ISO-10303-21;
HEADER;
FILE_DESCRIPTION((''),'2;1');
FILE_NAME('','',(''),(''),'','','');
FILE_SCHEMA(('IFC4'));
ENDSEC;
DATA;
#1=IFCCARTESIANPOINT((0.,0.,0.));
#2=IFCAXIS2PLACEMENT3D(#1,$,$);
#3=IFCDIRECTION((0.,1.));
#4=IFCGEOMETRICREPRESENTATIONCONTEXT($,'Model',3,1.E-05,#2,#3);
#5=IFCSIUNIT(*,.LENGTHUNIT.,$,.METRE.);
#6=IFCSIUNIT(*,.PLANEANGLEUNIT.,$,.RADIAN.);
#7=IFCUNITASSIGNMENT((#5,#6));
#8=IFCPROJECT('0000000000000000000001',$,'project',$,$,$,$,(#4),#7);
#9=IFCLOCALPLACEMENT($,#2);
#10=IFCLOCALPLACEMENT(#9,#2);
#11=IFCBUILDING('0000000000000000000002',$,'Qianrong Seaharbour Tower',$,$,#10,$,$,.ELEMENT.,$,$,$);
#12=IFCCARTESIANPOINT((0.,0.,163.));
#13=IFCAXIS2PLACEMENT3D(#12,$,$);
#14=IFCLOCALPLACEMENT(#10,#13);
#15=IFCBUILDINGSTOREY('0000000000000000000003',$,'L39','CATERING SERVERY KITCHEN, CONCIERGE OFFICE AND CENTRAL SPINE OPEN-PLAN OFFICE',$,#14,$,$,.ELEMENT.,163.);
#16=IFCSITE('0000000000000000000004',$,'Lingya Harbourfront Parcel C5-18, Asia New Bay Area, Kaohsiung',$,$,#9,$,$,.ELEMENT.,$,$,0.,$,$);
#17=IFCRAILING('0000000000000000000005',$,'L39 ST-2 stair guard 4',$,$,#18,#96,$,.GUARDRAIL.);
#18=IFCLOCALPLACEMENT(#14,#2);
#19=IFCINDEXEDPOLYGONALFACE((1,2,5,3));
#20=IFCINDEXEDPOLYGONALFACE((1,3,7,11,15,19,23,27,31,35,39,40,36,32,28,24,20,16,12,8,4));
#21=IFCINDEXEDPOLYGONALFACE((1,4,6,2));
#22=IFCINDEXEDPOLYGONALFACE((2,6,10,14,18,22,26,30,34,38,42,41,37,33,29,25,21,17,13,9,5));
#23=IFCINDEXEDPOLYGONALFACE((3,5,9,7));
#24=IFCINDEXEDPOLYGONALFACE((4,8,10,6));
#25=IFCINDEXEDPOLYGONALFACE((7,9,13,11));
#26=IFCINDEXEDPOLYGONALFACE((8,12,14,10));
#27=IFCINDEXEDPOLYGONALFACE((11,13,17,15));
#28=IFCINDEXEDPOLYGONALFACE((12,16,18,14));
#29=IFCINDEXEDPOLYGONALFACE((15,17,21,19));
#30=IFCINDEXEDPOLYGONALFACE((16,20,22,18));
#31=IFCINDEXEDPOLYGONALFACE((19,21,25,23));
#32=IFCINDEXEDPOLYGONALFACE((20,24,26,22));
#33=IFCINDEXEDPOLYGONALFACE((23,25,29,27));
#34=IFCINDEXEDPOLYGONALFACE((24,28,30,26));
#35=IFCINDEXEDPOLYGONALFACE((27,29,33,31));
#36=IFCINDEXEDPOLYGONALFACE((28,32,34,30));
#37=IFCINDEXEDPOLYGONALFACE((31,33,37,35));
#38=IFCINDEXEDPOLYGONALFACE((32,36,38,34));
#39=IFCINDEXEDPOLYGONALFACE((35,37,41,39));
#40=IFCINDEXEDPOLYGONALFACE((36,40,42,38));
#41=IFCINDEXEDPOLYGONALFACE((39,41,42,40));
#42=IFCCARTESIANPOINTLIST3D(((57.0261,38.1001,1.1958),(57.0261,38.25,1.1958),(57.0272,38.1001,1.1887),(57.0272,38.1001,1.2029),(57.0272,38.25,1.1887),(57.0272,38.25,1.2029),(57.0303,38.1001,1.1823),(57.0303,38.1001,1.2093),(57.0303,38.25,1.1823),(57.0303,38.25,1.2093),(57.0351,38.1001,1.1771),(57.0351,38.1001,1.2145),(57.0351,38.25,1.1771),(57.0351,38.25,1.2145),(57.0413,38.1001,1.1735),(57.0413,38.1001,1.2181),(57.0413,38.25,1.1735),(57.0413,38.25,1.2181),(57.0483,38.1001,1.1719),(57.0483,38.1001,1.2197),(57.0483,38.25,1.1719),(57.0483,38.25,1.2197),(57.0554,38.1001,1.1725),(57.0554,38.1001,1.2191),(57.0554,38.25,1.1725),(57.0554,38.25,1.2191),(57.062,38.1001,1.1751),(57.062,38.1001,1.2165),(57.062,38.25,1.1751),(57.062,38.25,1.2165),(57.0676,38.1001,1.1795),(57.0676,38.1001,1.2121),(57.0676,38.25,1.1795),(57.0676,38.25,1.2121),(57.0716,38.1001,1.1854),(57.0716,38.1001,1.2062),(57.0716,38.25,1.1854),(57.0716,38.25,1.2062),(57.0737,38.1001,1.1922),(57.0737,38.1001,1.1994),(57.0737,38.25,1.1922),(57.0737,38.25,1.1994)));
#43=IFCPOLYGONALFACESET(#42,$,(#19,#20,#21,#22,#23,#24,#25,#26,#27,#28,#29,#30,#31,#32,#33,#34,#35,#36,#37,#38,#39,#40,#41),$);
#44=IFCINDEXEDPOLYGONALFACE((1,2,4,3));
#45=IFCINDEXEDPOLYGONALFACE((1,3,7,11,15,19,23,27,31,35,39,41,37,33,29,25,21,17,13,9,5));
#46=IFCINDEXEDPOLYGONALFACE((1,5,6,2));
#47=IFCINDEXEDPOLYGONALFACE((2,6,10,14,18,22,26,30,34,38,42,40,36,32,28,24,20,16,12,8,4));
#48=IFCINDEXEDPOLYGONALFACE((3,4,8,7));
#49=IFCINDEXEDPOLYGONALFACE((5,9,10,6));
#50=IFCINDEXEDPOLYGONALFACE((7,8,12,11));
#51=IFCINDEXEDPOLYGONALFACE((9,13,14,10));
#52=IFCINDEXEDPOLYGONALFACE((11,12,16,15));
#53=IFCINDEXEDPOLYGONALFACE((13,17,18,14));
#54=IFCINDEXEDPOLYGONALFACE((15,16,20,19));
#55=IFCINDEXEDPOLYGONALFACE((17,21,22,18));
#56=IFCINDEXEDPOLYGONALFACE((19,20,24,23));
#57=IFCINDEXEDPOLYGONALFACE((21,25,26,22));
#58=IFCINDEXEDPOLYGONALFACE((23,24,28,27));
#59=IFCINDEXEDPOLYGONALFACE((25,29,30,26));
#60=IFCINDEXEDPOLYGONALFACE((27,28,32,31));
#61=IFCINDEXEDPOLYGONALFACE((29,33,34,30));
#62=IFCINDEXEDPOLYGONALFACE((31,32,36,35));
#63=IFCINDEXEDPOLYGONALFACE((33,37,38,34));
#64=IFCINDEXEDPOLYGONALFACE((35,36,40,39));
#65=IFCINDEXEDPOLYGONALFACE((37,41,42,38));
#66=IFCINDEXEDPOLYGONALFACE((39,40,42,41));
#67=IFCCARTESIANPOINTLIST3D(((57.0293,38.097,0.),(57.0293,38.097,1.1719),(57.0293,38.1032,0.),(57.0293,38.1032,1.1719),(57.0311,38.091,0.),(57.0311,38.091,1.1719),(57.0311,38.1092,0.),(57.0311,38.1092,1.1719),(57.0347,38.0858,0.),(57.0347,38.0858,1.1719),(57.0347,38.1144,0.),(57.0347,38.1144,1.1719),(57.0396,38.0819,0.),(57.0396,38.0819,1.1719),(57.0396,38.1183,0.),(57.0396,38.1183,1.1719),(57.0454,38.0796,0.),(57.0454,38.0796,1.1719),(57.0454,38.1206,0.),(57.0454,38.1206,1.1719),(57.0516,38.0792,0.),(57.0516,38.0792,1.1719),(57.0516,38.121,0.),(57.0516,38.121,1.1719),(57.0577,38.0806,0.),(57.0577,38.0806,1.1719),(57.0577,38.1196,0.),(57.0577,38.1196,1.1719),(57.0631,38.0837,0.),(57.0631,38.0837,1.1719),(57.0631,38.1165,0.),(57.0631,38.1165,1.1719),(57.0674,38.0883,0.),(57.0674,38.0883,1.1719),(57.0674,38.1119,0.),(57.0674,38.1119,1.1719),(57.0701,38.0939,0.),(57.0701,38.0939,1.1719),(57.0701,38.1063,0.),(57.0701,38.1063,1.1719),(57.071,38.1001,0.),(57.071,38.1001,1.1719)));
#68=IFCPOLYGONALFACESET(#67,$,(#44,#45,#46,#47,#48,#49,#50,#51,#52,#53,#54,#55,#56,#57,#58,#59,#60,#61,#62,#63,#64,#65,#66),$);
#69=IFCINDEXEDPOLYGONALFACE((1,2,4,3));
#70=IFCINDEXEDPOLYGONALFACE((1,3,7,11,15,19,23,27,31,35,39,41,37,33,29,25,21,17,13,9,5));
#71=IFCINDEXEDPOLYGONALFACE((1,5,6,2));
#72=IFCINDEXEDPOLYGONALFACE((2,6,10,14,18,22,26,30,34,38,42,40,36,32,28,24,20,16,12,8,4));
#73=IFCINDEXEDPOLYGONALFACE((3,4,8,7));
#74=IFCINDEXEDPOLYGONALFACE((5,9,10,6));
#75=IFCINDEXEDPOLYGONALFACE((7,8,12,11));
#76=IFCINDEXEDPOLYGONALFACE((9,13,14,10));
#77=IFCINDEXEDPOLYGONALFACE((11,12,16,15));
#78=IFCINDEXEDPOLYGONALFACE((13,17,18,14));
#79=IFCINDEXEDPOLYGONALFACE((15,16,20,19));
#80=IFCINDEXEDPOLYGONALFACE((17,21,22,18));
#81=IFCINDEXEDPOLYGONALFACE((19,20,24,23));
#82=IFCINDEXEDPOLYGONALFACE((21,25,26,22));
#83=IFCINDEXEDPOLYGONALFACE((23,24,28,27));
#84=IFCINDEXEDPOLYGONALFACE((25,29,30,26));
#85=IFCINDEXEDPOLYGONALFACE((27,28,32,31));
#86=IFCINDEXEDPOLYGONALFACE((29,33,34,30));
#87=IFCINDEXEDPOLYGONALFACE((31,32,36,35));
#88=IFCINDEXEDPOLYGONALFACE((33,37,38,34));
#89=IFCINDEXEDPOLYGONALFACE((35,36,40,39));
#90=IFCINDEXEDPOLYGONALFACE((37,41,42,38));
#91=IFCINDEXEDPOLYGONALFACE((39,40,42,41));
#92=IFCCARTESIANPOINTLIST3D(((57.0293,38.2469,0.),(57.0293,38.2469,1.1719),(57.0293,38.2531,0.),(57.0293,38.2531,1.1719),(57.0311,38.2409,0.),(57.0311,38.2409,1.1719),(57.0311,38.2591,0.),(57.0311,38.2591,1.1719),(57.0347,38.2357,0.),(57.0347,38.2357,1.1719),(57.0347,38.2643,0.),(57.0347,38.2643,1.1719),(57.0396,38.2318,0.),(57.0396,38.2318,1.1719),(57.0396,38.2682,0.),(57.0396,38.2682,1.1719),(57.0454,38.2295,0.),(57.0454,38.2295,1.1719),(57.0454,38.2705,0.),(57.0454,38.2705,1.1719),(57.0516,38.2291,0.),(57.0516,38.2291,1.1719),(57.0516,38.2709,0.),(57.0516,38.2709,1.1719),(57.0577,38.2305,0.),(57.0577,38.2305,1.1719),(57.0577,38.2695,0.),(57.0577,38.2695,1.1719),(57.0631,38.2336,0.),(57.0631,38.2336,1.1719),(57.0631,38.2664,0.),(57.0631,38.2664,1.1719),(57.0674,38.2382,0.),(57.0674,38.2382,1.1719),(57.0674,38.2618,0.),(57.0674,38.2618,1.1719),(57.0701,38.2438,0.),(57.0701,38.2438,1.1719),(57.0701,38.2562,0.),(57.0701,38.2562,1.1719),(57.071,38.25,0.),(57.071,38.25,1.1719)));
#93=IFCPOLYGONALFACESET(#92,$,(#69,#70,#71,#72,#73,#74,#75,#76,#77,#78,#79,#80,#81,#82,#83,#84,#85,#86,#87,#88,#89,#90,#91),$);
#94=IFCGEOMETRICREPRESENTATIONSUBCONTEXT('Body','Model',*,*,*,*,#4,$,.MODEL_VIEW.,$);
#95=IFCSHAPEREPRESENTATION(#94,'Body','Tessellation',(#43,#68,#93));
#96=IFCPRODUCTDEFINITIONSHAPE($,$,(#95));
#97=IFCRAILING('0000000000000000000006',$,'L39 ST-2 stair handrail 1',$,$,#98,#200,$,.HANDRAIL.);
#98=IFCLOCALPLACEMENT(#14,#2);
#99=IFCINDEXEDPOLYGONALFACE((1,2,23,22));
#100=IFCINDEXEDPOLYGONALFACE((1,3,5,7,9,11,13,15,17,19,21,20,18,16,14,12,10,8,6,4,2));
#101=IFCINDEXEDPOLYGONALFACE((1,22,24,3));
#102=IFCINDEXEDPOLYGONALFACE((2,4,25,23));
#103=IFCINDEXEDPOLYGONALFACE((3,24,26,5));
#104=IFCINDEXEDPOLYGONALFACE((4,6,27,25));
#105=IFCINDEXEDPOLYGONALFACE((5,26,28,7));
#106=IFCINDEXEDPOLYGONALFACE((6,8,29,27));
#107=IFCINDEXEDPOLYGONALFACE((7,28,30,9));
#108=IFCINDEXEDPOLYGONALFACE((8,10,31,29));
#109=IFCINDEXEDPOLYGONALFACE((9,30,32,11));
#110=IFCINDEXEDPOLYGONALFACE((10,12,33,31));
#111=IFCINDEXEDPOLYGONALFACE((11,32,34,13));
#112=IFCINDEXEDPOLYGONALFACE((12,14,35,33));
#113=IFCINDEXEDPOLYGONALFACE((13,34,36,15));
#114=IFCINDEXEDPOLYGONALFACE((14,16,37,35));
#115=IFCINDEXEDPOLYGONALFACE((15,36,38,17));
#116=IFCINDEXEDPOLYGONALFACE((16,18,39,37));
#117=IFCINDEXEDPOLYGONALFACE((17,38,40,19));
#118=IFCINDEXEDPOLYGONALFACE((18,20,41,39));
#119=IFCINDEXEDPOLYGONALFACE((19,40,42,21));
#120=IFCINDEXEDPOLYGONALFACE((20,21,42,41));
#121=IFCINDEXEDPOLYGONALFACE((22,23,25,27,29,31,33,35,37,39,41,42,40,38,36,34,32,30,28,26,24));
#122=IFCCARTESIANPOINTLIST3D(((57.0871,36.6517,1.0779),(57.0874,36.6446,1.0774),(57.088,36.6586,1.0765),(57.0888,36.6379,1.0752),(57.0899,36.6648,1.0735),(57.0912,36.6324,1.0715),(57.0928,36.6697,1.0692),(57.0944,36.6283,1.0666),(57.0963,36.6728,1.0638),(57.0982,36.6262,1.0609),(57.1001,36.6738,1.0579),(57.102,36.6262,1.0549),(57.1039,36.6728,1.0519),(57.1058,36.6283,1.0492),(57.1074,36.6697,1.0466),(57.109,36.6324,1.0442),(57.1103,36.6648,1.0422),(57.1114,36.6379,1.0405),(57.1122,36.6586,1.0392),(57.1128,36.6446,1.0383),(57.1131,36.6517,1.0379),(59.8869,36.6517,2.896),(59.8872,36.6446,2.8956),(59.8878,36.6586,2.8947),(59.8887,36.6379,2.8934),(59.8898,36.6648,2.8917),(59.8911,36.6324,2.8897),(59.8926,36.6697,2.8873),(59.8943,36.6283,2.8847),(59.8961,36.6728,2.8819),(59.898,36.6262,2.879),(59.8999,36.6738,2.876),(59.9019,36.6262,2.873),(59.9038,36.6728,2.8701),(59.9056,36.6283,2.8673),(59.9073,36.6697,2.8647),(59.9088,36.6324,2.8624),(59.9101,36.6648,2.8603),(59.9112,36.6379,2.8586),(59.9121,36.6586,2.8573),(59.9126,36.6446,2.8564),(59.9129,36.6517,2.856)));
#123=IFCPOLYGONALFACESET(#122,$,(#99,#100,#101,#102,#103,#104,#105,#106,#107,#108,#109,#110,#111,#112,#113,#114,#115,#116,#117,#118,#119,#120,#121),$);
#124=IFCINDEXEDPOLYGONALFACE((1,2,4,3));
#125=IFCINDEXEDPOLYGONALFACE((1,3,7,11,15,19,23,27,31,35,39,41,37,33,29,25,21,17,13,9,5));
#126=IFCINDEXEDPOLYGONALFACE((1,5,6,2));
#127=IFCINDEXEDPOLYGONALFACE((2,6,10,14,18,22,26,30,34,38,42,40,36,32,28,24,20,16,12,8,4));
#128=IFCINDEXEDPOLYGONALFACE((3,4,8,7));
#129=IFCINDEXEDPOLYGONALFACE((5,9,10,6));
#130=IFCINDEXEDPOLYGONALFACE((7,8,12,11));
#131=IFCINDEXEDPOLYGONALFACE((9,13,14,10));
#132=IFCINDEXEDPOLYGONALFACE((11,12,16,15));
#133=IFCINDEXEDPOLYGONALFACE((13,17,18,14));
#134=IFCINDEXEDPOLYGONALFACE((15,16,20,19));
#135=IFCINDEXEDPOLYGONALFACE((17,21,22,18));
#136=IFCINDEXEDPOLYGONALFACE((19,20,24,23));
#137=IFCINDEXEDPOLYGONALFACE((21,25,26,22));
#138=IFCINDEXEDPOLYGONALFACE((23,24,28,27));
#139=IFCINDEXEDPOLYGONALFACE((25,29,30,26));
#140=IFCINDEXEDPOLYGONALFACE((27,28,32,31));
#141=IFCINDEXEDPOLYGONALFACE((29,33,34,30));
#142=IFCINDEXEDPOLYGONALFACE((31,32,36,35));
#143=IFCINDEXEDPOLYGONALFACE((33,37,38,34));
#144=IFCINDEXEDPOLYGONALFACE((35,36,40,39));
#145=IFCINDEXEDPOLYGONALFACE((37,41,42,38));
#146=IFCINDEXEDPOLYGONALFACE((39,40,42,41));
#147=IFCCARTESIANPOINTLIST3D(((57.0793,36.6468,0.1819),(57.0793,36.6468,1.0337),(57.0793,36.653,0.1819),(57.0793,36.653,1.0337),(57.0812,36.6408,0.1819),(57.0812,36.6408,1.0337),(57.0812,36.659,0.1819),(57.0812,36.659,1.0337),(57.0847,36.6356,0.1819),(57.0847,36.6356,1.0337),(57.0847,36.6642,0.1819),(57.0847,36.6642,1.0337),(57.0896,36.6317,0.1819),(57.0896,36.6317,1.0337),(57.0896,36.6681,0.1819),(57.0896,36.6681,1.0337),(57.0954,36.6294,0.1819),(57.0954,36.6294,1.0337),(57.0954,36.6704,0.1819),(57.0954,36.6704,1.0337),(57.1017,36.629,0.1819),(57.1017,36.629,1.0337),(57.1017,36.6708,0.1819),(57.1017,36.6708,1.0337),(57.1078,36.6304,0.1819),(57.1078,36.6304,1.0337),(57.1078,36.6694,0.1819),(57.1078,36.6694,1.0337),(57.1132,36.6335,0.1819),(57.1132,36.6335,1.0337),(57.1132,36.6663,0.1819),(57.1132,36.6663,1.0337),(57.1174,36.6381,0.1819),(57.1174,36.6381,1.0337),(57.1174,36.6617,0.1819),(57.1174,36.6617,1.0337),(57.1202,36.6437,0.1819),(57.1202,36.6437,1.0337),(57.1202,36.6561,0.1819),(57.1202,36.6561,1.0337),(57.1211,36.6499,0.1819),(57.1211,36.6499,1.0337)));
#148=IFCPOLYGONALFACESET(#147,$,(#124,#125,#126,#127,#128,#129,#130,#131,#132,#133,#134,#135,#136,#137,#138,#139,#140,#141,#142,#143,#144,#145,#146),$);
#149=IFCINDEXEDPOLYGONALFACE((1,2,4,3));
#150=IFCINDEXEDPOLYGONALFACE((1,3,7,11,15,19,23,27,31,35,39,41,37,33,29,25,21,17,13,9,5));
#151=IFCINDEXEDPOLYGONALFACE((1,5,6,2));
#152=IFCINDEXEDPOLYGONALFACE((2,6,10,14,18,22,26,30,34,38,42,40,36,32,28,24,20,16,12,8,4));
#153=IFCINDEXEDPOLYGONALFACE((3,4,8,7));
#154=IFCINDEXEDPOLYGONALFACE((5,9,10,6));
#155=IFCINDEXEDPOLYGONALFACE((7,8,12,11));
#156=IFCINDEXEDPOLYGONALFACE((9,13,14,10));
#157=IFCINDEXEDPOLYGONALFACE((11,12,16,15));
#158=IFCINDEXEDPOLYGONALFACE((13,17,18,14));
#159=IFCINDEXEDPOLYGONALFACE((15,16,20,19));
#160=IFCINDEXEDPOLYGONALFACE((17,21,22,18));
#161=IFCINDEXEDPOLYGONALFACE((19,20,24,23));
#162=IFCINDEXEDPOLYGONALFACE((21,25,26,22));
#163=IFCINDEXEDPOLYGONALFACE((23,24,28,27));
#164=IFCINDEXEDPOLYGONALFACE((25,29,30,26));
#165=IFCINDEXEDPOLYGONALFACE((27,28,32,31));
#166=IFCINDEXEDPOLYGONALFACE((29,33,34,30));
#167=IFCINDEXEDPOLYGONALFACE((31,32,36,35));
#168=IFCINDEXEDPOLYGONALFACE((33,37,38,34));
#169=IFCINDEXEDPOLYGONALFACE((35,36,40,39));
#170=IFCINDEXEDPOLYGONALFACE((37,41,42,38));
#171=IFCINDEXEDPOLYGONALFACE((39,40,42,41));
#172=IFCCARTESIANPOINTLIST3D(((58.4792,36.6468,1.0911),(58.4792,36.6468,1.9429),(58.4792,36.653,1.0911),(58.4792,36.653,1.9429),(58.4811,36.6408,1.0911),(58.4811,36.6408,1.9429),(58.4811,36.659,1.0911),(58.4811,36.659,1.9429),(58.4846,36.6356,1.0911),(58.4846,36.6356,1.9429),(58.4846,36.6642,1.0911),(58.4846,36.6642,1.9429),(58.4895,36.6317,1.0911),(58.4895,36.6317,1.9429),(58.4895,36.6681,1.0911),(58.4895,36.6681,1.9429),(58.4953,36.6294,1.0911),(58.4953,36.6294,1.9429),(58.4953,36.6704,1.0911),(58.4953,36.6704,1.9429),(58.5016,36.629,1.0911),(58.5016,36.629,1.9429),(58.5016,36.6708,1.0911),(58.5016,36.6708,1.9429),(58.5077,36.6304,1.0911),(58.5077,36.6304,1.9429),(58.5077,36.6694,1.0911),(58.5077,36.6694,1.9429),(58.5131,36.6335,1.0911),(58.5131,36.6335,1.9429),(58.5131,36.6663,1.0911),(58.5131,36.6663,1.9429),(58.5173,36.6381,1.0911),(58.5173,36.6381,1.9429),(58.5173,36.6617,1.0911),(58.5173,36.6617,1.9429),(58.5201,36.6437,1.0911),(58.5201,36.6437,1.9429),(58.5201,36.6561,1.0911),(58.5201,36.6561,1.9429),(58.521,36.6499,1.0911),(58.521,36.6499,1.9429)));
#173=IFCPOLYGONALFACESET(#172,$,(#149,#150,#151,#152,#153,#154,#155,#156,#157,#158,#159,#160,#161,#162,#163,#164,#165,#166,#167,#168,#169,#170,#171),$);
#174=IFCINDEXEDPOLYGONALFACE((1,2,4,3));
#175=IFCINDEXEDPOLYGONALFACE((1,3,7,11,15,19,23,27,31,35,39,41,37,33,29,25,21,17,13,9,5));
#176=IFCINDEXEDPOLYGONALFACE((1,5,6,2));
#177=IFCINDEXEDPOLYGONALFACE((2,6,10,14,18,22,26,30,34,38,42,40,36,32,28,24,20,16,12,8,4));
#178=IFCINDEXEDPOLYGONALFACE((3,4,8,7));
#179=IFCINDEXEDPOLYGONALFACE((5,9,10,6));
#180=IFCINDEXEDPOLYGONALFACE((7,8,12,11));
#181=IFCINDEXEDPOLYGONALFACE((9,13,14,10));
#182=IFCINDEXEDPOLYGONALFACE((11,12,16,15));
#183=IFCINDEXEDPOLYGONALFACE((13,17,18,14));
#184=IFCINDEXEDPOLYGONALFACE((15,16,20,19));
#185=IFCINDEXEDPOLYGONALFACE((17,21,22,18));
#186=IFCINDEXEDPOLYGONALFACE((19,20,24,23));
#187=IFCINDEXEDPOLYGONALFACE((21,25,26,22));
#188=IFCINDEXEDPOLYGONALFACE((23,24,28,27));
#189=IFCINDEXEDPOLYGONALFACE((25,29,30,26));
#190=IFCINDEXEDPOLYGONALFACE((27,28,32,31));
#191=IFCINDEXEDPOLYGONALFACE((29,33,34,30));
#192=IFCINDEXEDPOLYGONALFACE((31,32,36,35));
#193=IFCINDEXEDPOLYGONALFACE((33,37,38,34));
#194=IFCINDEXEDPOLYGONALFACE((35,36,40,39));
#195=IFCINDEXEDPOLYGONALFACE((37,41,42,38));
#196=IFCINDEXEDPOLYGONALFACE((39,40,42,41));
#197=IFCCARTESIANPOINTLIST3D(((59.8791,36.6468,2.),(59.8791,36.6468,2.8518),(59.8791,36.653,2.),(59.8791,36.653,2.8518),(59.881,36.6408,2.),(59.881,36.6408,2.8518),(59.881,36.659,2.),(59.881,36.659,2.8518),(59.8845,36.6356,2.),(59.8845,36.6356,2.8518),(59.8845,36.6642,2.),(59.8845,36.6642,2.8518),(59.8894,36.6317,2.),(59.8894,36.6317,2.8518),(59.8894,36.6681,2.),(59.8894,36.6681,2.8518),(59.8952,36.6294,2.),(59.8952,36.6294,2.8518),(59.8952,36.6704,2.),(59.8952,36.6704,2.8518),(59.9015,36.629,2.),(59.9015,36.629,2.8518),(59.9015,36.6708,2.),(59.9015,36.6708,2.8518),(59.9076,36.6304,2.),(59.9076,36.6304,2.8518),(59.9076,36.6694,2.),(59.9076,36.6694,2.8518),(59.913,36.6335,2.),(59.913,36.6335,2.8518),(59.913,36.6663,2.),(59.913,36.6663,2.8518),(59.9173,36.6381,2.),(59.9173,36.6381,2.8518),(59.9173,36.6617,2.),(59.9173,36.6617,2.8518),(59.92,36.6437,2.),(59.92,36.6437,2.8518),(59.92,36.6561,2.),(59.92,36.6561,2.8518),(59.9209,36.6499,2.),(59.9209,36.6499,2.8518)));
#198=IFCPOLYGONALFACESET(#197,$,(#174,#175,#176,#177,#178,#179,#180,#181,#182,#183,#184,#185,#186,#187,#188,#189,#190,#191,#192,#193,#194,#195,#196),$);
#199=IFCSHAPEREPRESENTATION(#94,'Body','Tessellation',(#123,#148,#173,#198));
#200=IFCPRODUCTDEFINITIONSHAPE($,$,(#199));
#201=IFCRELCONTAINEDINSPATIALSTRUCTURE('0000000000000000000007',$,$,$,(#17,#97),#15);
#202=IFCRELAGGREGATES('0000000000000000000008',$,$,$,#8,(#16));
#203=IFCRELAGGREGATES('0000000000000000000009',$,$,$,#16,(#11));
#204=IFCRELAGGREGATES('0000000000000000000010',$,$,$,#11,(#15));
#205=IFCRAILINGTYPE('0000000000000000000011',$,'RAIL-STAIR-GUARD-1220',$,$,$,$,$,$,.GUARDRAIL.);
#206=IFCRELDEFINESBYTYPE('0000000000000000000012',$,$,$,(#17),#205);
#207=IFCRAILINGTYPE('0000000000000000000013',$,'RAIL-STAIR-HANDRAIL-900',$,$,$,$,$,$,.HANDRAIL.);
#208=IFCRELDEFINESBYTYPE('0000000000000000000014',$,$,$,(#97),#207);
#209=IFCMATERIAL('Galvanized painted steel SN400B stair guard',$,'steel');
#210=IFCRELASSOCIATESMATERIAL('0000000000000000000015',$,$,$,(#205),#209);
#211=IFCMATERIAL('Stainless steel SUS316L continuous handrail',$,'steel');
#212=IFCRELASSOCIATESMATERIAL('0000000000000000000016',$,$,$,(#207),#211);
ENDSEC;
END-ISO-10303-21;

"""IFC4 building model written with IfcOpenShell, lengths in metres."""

from ifc_helpers import new_model, si_unit, direction, frame, origin, origin_2d, place, context, subcontext, project, spatial, circle, extrude, material, type_object, element, save


model = new_model("IFC4")

# Units and contexts
model_context = context("Model", 3, precision=1e-05, world=origin(), true_north=direction((0.0, 1.0)))
body_context = subcontext(model_context, "Body", "Model", "MODEL_VIEW")
ifc_project = project(units=[si_unit("LENGTHUNIT", "METRE"), si_unit("PLANEANGLEUNIT", "RADIAN")], contexts=[model_context])

# Site, building, storey
site_placement = place(None, origin())
site = spatial("IfcSite", under=ifc_project, at=site_placement, Name="Lingya Harbourfront Parcel C5-18, Asia New Bay Area, Kaohsiung", CompositionType="ELEMENT", RefElevation=0.0)
building_placement = place(site_placement, origin())
building = spatial("IfcBuilding", under=site, at=building_placement, Name="Qianrong Seaharbour Tower", CompositionType="ELEMENT")
storey_placement = place(building_placement, frame((0.0, 0.0, 163.0)))
storey = spatial("IfcBuildingStorey", under=building, at=storey_placement, Name="L39", Description="CATERING SERVERY KITCHEN, CONCIERGE OFFICE AND CENTRAL SPINE OPEN-PLAN OFFICE", CompositionType="ELEMENT", Elevation=163.0)

# Railings
ifc_material_1 = material(Name="Galvanized painted steel SN400B stair guard", Category="steel")
railing_type_1 = type_object("IfcRailingType", Name="RAIL-STAIR-GUARD-1220", PredefinedType="GUARDRAIL", material=ifc_material_1)
railing_1_placement = place(storey_placement, frame((57.05, 38.1001, 0.0)))
element("IfcRailing", 1, at=railing_1_placement, inside=storey, type_object=railing_type_1, Name="L39 ST-2 stair guard 4", PredefinedType="GUARDRAIL", context=body_context, shape_type="SweptSolid", body=[
    extrude(circle(Radius=0.0239, at=origin_2d()), frame((0.0, 0.0, 1.1958), z_axis=(0.0, 1.0, 0.0), x_axis=(-1.0, 0.0, 0.0)), (0.0, 0.0, 1.0), 0.1499),
    extrude(circle(Radius=0.021, at=origin_2d()), origin(), (0.0, 0.0, 1.0), 1.1719),
    extrude(circle(Radius=0.021, at=origin_2d()), frame((0.0, 0.1499, 0.0)), (0.0, 0.0, 1.0), 1.1719),
])
ifc_material_2 = material(Name="Stainless steel SUS316L continuous handrail", Category="steel")
railing_type_2 = type_object("IfcRailingType", Name="RAIL-STAIR-HANDRAIL-900", PredefinedType="HANDRAIL", material=ifc_material_2)
railing_2_placement = place(storey_placement, frame((57.1001, 36.6499, 0.1819)))
element("IfcRailing", 2, at=railing_2_placement, inside=storey, type_object=railing_type_2, Name="L39 ST-2 stair handrail 1", PredefinedType="HANDRAIL", context=body_context, shape_type="SweptSolid", body=[
    extrude(circle(Radius=0.0239, at=origin_2d()), frame((0.0, 0.0, 0.876), z_axis=(0.838684, 0.0, 0.544618), x_axis=(0.0, 1.0, 0.0)), (0.0, 0.0, 1.0), 3.3384),
    extrude(circle(Radius=0.021, at=origin_2d()), origin(), (0.0, 0.0, 1.0), 0.8518),
    extrude(circle(Radius=0.021, at=origin_2d()), frame((1.3999, 0.0, 0.9092)), (0.0, 0.0, 1.0), 0.8518),
    extrude(circle(Radius=0.021, at=origin_2d()), frame((2.7998, 0.0, 1.8181)), (0.0, 0.0, 1.0), 0.8518),
])

save(model, "model.ifc")
